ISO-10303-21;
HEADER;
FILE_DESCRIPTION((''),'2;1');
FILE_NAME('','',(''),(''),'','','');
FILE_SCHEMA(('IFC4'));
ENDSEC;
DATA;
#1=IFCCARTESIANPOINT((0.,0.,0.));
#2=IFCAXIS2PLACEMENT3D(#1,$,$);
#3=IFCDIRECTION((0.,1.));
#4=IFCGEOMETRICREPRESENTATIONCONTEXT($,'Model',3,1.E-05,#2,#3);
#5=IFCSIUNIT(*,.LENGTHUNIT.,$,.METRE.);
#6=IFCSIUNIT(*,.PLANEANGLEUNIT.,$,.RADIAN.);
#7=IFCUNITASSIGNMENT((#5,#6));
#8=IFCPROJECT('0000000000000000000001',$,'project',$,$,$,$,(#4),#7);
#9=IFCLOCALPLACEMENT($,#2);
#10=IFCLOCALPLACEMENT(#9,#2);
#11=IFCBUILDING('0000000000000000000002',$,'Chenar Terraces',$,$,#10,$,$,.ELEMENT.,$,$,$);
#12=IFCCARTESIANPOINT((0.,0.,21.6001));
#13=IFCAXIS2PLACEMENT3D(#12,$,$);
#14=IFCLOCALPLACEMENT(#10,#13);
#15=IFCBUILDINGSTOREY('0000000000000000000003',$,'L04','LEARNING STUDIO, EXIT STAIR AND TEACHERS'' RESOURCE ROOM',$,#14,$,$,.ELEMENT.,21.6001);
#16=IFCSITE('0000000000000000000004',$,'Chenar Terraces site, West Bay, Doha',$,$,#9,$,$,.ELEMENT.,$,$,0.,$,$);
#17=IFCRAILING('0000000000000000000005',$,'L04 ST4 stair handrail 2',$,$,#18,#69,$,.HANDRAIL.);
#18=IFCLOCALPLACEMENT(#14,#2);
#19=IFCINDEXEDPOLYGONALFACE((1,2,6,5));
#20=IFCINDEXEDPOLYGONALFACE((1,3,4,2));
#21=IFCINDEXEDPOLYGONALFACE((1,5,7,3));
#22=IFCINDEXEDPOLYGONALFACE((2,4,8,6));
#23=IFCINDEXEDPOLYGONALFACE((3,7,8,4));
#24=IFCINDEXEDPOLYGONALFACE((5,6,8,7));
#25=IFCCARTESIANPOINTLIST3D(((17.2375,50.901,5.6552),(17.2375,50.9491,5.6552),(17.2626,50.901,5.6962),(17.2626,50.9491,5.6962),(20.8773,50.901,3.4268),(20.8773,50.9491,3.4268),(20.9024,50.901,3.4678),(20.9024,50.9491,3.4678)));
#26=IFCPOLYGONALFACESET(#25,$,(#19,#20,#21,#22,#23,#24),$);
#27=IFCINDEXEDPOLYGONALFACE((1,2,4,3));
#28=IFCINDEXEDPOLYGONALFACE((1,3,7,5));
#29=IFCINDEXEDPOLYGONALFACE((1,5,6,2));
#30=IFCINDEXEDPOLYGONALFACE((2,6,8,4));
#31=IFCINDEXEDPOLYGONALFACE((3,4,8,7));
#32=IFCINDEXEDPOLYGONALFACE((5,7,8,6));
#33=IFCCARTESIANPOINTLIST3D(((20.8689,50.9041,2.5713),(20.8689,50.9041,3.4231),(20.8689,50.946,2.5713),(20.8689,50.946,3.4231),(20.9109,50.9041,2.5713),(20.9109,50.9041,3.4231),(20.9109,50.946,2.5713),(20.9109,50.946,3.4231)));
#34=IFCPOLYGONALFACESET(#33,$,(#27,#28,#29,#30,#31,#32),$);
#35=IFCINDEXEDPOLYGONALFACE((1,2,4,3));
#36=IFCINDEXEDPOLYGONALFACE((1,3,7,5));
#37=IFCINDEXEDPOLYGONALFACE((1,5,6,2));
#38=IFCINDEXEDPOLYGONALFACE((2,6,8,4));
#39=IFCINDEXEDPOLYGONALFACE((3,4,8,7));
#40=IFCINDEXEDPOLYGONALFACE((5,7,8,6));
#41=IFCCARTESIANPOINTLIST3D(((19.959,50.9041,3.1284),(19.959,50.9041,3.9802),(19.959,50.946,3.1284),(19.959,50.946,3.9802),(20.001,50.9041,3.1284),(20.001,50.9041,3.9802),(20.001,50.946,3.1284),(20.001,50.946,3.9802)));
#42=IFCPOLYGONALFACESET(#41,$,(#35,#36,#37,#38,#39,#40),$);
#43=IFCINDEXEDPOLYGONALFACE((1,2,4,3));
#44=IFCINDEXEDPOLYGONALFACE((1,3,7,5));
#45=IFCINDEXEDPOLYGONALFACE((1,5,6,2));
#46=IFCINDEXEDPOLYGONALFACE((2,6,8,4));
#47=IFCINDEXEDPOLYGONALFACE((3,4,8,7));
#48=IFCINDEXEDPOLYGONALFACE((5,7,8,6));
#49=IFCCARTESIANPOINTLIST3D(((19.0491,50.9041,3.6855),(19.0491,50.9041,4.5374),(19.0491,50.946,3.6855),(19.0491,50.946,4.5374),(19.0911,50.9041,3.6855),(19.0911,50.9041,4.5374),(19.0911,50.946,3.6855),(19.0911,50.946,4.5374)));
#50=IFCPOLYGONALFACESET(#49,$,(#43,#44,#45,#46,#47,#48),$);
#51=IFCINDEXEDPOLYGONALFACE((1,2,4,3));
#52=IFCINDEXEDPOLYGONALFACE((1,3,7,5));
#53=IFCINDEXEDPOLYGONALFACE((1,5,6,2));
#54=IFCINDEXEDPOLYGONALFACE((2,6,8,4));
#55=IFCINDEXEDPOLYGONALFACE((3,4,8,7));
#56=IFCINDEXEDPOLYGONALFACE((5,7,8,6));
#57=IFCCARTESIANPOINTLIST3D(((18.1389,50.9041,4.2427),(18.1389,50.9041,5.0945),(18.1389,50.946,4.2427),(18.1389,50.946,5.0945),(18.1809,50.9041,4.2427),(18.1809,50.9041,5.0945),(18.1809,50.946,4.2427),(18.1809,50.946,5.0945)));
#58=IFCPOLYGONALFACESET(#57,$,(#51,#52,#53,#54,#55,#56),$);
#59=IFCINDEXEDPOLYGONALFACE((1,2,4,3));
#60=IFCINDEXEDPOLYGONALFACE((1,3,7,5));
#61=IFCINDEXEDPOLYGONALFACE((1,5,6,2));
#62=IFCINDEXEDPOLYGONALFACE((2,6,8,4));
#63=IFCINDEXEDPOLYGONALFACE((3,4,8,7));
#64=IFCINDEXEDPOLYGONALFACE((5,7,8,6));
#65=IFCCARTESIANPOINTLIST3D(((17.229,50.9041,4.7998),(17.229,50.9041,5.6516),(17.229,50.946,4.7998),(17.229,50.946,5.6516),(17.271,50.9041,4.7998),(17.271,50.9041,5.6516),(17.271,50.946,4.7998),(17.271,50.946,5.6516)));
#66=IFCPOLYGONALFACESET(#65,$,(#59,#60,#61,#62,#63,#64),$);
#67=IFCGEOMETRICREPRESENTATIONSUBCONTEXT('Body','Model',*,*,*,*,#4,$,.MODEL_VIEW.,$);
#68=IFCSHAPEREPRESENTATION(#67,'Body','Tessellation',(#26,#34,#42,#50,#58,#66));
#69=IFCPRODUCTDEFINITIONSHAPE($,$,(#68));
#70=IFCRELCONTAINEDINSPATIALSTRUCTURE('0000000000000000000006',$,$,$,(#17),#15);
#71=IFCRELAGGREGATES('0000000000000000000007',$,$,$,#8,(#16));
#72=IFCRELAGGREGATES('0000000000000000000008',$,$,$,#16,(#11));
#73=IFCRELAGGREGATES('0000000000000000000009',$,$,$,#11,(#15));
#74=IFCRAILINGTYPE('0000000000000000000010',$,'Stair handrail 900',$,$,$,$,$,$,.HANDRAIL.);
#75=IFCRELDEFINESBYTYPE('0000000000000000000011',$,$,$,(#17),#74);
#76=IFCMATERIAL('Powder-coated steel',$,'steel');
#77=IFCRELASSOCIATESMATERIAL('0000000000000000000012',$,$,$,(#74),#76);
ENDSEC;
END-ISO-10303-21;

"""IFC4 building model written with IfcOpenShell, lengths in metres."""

from ifc_helpers import new_model, si_unit, direction, frame, origin, origin_2d, place, context, subcontext, project, spatial, rectangle, extrude, material, type_object, element, save


model = new_model("IFC4")

# Units and contexts
model_context = context("Model", 3, precision=1e-05, world=origin(), true_north=direction((0.0, 1.0)))
body_context = subcontext(model_context, "Body", "Model", "MODEL_VIEW")
ifc_project = project(units=[si_unit("LENGTHUNIT", "METRE"), si_unit("PLANEANGLEUNIT", "RADIAN")], contexts=[model_context])

# Site, building, storey
site_placement = place(None, origin())
site = spatial("IfcSite", under=ifc_project, at=site_placement, Name="Chenar Terraces site, West Bay, Doha", CompositionType="ELEMENT", RefElevation=0.0)
building_placement = place(site_placement, origin())
building = spatial("IfcBuilding", under=site, at=building_placement, Name="Chenar Terraces", CompositionType="ELEMENT")
storey_placement = place(building_placement, frame((0.0, 0.0, 21.6001)))
storey = spatial("IfcBuildingStorey", under=building, at=storey_placement, Name="L04", Description="LEARNING STUDIO, EXIT STAIR AND TEACHERS' RESOURCE ROOM", CompositionType="ELEMENT", Elevation=21.6001)

# Railing
ifc_material_1 = material(Name="Powder-coated steel", Category="steel")
railing_type = type_object("IfcRailingType", Name="Stair handrail 900", PredefinedType="HANDRAIL", material=ifc_material_1)
railing_placement = place(storey_placement, frame((20.8899, 50.925, 2.5713)))
element("IfcRailing", 1, at=railing_placement, inside=storey, type_object=railing_type, Name="L04 ST4 stair handrail 2", PredefinedType="HANDRAIL", context=body_context, shape_type="SweptSolid", body=[
    extrude(rectangle(XDim=0.0481, YDim=0.0481, at=origin_2d()), frame((0.0, 0.0, 0.876), z_axis=(-0.85285, 0.0, 0.522156), x_axis=(0.0, -1.0, 0.0)), (0.0, 0.0, 1.0), 4.2678),
    extrude(rectangle(XDim=0.042, YDim=0.042, at=origin_2d()), origin(), (0.0, 0.0, 1.0), 0.8518),
    extrude(rectangle(XDim=0.042, YDim=0.042, at=origin_2d()), frame((-0.9099, 0.0, 0.5571)), (0.0, 0.0, 1.0), 0.8518),
    extrude(rectangle(XDim=0.042, YDim=0.042, at=origin_2d()), frame((-1.8198, 0.0, 1.1143)), (0.0, 0.0, 1.0), 0.8518),
    extrude(rectangle(XDim=0.042, YDim=0.042, at=origin_2d()), frame((-2.73, 0.0, 1.6714)), (0.0, 0.0, 1.0), 0.8518),
    extrude(rectangle(XDim=0.042, YDim=0.042, at=origin_2d()), frame((-3.6399, 0.0, 2.2285)), (0.0, 0.0, 1.0), 0.8518),
])

save(model, "model.ifc")
